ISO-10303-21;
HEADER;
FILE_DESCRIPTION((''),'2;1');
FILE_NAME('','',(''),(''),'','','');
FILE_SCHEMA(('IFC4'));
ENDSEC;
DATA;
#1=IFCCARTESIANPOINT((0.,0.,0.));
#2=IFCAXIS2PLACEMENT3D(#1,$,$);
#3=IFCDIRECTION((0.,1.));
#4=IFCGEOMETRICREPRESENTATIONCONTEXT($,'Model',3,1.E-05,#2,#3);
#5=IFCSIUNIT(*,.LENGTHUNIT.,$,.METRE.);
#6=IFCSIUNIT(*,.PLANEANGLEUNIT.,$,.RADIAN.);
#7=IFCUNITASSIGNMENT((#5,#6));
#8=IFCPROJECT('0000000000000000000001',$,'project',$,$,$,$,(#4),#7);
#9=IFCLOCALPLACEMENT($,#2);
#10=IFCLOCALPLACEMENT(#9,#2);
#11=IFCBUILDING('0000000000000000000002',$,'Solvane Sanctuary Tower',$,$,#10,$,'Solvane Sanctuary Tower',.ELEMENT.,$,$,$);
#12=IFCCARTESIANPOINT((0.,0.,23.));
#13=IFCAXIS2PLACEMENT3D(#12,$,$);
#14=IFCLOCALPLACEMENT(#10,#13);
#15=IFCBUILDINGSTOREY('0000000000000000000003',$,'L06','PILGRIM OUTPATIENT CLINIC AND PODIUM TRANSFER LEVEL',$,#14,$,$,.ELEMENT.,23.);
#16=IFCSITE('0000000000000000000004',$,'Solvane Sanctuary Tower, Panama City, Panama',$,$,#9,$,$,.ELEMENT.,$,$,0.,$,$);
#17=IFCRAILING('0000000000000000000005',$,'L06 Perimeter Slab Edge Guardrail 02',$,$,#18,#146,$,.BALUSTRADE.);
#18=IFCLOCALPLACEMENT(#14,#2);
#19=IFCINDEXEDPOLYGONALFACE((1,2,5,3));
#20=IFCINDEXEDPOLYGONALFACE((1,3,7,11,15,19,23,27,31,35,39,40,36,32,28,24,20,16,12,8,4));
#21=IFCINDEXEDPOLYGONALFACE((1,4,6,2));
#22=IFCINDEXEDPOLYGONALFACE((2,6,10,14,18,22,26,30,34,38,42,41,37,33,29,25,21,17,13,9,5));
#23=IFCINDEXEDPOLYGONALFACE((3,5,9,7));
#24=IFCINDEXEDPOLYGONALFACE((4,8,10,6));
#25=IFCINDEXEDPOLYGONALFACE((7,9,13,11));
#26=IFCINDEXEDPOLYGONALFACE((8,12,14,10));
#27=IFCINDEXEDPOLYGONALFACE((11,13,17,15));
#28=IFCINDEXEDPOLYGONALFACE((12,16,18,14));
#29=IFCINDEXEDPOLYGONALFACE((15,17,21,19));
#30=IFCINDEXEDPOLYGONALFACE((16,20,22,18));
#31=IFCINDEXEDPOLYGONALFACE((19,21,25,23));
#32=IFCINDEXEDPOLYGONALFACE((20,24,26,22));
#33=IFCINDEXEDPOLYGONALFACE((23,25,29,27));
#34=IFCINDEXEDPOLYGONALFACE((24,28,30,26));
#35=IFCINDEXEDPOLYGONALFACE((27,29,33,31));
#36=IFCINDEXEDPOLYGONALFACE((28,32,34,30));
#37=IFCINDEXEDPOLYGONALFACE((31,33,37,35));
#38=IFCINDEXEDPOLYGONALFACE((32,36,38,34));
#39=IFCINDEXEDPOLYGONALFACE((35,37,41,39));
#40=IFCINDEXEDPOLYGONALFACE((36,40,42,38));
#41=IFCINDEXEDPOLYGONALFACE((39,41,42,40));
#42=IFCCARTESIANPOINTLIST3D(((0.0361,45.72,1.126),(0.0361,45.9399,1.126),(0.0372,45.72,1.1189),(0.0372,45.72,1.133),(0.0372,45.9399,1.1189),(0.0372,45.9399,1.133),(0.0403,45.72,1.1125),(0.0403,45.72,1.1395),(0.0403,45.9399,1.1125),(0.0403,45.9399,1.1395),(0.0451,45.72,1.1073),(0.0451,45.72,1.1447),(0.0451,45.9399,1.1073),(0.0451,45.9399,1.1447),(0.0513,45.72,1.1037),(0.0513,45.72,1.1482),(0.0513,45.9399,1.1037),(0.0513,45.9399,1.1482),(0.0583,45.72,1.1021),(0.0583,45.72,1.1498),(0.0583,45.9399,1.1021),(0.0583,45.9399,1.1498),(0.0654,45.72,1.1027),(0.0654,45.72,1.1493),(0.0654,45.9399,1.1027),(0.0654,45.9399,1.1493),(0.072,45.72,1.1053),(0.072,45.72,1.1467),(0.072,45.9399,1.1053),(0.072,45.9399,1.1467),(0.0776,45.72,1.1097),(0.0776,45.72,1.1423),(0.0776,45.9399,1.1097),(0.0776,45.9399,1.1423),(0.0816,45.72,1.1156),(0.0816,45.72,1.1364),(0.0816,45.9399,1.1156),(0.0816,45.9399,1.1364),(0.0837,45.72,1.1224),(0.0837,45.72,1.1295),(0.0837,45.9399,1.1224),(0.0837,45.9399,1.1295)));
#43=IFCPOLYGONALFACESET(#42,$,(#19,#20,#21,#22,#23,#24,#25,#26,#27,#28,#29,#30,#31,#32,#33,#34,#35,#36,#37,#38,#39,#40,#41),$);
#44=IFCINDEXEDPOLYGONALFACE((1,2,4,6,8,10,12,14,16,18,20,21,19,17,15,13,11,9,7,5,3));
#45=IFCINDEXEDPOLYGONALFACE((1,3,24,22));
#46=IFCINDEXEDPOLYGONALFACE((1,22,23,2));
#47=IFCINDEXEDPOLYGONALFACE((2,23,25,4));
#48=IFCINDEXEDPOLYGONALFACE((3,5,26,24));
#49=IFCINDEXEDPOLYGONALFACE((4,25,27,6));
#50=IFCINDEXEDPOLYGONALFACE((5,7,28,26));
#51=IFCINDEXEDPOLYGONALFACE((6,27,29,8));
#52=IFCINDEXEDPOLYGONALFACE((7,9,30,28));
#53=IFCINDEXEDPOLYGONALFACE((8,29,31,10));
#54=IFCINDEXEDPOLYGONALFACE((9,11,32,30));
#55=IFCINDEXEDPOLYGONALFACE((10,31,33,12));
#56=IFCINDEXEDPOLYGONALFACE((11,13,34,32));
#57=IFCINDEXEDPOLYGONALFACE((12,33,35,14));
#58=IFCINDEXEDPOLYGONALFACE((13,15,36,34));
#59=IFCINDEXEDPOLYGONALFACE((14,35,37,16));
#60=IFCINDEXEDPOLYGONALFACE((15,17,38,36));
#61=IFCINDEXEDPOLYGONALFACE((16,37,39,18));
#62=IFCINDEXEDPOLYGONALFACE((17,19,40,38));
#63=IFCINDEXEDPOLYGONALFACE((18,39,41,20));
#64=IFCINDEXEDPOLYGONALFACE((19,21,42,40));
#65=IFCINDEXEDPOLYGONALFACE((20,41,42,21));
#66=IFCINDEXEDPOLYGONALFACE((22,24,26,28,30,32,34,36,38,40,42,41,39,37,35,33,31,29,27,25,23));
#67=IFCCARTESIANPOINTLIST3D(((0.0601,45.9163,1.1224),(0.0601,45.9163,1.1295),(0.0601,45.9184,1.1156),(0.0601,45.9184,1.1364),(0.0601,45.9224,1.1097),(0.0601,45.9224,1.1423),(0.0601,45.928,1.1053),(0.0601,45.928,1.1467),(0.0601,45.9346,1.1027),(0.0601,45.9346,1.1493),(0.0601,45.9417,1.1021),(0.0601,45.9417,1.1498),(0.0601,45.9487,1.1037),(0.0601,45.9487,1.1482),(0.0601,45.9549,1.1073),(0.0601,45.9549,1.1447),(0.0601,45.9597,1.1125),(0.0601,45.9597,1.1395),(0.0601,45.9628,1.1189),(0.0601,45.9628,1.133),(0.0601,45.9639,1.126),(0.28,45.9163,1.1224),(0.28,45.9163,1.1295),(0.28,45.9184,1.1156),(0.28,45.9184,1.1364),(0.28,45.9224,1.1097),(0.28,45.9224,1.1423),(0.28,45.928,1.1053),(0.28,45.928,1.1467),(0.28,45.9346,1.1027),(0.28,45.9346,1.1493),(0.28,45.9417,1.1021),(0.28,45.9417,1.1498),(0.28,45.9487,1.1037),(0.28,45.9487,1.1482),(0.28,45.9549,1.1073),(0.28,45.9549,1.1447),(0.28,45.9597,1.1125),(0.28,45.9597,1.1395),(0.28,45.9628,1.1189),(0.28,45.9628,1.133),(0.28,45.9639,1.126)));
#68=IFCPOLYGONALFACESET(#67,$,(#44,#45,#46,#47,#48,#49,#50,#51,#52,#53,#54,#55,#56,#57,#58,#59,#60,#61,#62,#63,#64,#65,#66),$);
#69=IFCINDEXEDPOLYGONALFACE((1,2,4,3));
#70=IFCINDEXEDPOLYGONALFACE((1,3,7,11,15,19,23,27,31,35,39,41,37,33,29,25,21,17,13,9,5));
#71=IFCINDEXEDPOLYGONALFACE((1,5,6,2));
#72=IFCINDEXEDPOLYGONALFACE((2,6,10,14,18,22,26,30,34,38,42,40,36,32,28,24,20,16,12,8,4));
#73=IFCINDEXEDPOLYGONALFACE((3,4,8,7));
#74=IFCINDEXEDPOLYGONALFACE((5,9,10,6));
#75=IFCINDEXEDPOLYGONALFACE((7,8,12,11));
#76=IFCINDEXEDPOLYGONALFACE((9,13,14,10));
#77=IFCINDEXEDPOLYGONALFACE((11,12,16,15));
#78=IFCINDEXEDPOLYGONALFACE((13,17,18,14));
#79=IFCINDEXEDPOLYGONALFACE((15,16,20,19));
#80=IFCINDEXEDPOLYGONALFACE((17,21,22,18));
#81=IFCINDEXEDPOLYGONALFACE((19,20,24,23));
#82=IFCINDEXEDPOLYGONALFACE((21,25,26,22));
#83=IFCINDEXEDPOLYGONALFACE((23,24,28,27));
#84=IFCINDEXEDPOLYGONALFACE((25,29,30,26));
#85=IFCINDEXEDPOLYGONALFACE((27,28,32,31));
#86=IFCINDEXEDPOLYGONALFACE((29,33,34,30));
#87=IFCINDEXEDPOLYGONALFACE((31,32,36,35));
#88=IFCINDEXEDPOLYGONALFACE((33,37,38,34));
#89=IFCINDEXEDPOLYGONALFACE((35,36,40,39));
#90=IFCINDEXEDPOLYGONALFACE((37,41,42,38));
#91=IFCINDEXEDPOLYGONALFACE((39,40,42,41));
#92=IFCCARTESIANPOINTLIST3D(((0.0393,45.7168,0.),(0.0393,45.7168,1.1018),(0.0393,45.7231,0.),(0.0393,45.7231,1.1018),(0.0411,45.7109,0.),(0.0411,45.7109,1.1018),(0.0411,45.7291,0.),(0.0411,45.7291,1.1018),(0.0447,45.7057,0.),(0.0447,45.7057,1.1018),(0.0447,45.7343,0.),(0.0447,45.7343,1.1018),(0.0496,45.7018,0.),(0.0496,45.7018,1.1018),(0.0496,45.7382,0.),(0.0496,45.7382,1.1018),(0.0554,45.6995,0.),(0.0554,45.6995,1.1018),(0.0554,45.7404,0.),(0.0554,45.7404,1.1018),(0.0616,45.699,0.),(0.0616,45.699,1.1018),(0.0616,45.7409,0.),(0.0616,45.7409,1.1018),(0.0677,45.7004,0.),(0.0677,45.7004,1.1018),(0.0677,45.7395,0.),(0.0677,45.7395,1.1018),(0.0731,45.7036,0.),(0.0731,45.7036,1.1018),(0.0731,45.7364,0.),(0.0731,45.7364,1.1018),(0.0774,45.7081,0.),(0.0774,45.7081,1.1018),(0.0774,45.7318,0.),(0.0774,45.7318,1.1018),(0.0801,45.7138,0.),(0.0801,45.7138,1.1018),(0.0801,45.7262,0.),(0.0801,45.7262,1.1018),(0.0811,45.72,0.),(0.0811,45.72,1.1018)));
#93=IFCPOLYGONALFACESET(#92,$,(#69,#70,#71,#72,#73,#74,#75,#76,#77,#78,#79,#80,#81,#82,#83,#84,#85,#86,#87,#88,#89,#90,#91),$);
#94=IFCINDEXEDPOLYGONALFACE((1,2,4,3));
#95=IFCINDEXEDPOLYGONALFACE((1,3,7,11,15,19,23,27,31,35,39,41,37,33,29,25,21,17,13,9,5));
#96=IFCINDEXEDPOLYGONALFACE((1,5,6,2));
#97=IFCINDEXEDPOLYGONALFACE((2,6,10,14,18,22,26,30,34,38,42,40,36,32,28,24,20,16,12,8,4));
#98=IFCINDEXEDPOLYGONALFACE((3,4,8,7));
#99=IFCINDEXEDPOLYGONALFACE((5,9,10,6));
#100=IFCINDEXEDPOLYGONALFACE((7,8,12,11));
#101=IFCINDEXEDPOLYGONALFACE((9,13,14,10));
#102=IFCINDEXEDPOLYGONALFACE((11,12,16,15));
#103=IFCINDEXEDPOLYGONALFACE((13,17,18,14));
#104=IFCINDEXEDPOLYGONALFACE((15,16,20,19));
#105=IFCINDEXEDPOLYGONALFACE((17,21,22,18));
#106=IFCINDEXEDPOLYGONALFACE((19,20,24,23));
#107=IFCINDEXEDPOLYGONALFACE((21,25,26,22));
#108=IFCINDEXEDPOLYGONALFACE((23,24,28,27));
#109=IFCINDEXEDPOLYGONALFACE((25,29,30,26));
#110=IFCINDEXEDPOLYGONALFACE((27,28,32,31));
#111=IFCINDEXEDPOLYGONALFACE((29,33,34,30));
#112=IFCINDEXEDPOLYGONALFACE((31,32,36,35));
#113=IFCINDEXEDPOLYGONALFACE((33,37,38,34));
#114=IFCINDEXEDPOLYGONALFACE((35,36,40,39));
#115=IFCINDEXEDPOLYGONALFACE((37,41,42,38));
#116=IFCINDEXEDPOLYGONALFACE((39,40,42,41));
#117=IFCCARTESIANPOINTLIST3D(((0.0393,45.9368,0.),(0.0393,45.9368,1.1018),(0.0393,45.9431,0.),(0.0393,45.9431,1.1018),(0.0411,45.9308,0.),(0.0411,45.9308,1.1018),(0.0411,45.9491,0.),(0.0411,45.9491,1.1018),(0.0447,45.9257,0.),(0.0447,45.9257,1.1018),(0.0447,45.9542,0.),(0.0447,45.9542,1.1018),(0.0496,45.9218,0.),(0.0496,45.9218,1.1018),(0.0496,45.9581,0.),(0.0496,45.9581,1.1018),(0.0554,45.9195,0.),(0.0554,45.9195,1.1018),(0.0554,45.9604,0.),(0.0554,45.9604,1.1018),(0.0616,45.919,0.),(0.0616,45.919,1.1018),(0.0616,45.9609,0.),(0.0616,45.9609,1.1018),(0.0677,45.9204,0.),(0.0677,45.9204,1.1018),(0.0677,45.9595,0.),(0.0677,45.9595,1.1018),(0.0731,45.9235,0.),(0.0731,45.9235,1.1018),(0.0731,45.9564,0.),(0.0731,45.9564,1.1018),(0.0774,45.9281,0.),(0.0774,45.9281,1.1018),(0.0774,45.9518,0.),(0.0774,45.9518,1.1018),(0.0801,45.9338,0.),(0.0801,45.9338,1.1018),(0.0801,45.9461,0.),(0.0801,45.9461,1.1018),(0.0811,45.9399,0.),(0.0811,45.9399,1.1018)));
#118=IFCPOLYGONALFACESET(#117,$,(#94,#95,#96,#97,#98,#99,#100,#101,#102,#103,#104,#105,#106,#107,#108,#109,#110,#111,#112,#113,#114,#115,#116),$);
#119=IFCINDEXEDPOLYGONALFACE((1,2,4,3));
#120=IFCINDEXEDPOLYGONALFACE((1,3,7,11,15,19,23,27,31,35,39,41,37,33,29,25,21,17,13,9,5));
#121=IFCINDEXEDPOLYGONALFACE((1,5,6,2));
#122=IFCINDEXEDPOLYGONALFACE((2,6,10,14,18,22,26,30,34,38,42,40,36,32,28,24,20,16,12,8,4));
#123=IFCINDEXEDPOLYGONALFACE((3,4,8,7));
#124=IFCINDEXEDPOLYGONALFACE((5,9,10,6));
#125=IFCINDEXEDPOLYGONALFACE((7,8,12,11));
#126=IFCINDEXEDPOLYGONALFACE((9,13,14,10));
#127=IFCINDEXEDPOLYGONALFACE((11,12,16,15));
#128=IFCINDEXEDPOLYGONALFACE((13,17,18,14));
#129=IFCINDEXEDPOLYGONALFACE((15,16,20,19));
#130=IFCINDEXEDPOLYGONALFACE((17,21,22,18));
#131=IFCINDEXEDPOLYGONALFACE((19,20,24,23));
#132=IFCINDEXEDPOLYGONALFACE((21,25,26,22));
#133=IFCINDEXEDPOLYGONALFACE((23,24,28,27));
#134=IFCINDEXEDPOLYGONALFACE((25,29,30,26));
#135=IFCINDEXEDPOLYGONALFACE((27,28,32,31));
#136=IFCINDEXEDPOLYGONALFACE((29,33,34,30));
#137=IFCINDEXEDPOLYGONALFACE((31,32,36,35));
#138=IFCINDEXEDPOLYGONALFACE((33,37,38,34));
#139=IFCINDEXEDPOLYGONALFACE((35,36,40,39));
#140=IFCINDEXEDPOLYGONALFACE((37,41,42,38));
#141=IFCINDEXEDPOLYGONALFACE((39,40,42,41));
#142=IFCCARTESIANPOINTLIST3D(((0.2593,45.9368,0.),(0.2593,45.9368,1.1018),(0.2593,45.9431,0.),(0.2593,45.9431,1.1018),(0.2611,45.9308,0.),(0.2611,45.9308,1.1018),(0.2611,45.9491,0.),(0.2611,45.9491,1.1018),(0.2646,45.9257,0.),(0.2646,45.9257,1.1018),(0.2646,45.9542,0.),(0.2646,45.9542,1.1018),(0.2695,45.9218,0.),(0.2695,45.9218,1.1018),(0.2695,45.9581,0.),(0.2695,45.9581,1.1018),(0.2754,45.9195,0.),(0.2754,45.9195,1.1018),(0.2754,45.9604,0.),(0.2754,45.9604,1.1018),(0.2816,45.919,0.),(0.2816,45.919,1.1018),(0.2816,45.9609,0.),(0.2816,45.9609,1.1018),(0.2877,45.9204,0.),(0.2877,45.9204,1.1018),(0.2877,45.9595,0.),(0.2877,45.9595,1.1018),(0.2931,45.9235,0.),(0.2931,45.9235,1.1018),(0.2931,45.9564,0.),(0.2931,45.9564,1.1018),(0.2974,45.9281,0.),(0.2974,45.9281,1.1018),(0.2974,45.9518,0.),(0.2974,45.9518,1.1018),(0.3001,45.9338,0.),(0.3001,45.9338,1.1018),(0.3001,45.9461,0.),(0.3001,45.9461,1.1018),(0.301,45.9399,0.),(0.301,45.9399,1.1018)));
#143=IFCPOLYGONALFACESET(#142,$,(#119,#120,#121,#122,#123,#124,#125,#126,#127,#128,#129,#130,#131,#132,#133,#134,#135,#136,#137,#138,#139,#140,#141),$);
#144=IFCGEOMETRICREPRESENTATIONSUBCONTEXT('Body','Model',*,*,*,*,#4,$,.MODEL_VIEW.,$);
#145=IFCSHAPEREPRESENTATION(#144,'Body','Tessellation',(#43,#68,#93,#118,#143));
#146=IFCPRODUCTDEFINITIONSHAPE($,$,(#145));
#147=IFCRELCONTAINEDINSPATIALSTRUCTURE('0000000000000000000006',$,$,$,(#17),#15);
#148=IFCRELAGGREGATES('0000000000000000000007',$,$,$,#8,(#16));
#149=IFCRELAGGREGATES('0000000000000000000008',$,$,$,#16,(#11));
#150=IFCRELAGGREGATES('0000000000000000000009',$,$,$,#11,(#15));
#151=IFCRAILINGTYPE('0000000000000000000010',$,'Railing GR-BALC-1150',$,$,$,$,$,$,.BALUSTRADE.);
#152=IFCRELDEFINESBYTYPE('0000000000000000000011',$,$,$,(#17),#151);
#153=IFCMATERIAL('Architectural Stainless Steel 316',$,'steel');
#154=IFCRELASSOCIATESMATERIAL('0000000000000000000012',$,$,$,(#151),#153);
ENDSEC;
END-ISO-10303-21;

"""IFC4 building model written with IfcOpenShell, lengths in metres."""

from ifc_helpers import new_model, si_unit, direction, frame, origin, origin_2d, place, context, subcontext, project, spatial, circle, extrude, material, type_object, element, save


model = new_model("IFC4")

# Units and contexts
model_context = context("Model", 3, precision=1e-05, world=origin(), true_north=direction((0.0, 1.0)))
body_context = subcontext(model_context, "Body", "Model", "MODEL_VIEW")
ifc_project = project(units=[si_unit("LENGTHUNIT", "METRE"), si_unit("PLANEANGLEUNIT", "RADIAN")], contexts=[model_context])

# Site, building, storey
site_placement = place(None, origin())
site = spatial("IfcSite", under=ifc_project, at=site_placement, Name="Solvane Sanctuary Tower, Panama City, Panama", CompositionType="ELEMENT", RefElevation=0.0)
building_placement = place(site_placement, origin())
building = spatial("IfcBuilding", under=site, at=building_placement, Name="Solvane Sanctuary Tower", LongName="Solvane Sanctuary Tower", CompositionType="ELEMENT")
storey_placement = place(building_placement, frame((0.0, 0.0, 23.0)))
storey = spatial("IfcBuildingStorey", under=building, at=storey_placement, Name="L06", Description="PILGRIM OUTPATIENT CLINIC AND PODIUM TRANSFER LEVEL", CompositionType="ELEMENT", Elevation=23.0)

# Shared definitions
ifc_material_1 = material(Name="Architectural Stainless Steel 316", Category="steel")

# Railing
railing_type = type_object("IfcRailingType", Name="Railing GR-BALC-1150", PredefinedType="BALUSTRADE", material=ifc_material_1)
railing_placement = place(storey_placement, frame((0.0601, 45.72, 0.0)))
element("IfcRailing", 1, at=railing_placement, inside=storey, type_object=railing_type, Name="L06 Perimeter Slab Edge Guardrail 02", PredefinedType="BALUSTRADE", context=body_context, shape_type="SweptSolid", body=[
    extrude(circle(Radius=0.0239, at=origin_2d()), frame((0.0, 0.0, 1.126), z_axis=(0.0, 1.0, 0.0), x_axis=(-1.0, 0.0, 0.0)), (0.0, 0.0, 1.0), 0.22),
    extrude(circle(Radius=0.0239, at=origin_2d()), frame((0.0, 0.22, 1.126), z_axis=(1.0, 0.0, 0.0), x_axis=(0.0, 1.0, 0.0)), (0.0, 0.0, 1.0), 0.22),
    extrude(circle(Radius=0.021, at=origin_2d()), origin(), (0.0, 0.0, 1.0), 1.1018),
    extrude(circle(Radius=0.021, at=origin_2d()), frame((0.0, 0.22, 0.0)), (0.0, 0.0, 1.0), 1.1018),
    extrude(circle(Radius=0.021, at=origin_2d()), frame((0.22, 0.22, 0.0)), (0.0, 0.0, 1.0), 1.1018),
])

save(model, "model.ifc")
